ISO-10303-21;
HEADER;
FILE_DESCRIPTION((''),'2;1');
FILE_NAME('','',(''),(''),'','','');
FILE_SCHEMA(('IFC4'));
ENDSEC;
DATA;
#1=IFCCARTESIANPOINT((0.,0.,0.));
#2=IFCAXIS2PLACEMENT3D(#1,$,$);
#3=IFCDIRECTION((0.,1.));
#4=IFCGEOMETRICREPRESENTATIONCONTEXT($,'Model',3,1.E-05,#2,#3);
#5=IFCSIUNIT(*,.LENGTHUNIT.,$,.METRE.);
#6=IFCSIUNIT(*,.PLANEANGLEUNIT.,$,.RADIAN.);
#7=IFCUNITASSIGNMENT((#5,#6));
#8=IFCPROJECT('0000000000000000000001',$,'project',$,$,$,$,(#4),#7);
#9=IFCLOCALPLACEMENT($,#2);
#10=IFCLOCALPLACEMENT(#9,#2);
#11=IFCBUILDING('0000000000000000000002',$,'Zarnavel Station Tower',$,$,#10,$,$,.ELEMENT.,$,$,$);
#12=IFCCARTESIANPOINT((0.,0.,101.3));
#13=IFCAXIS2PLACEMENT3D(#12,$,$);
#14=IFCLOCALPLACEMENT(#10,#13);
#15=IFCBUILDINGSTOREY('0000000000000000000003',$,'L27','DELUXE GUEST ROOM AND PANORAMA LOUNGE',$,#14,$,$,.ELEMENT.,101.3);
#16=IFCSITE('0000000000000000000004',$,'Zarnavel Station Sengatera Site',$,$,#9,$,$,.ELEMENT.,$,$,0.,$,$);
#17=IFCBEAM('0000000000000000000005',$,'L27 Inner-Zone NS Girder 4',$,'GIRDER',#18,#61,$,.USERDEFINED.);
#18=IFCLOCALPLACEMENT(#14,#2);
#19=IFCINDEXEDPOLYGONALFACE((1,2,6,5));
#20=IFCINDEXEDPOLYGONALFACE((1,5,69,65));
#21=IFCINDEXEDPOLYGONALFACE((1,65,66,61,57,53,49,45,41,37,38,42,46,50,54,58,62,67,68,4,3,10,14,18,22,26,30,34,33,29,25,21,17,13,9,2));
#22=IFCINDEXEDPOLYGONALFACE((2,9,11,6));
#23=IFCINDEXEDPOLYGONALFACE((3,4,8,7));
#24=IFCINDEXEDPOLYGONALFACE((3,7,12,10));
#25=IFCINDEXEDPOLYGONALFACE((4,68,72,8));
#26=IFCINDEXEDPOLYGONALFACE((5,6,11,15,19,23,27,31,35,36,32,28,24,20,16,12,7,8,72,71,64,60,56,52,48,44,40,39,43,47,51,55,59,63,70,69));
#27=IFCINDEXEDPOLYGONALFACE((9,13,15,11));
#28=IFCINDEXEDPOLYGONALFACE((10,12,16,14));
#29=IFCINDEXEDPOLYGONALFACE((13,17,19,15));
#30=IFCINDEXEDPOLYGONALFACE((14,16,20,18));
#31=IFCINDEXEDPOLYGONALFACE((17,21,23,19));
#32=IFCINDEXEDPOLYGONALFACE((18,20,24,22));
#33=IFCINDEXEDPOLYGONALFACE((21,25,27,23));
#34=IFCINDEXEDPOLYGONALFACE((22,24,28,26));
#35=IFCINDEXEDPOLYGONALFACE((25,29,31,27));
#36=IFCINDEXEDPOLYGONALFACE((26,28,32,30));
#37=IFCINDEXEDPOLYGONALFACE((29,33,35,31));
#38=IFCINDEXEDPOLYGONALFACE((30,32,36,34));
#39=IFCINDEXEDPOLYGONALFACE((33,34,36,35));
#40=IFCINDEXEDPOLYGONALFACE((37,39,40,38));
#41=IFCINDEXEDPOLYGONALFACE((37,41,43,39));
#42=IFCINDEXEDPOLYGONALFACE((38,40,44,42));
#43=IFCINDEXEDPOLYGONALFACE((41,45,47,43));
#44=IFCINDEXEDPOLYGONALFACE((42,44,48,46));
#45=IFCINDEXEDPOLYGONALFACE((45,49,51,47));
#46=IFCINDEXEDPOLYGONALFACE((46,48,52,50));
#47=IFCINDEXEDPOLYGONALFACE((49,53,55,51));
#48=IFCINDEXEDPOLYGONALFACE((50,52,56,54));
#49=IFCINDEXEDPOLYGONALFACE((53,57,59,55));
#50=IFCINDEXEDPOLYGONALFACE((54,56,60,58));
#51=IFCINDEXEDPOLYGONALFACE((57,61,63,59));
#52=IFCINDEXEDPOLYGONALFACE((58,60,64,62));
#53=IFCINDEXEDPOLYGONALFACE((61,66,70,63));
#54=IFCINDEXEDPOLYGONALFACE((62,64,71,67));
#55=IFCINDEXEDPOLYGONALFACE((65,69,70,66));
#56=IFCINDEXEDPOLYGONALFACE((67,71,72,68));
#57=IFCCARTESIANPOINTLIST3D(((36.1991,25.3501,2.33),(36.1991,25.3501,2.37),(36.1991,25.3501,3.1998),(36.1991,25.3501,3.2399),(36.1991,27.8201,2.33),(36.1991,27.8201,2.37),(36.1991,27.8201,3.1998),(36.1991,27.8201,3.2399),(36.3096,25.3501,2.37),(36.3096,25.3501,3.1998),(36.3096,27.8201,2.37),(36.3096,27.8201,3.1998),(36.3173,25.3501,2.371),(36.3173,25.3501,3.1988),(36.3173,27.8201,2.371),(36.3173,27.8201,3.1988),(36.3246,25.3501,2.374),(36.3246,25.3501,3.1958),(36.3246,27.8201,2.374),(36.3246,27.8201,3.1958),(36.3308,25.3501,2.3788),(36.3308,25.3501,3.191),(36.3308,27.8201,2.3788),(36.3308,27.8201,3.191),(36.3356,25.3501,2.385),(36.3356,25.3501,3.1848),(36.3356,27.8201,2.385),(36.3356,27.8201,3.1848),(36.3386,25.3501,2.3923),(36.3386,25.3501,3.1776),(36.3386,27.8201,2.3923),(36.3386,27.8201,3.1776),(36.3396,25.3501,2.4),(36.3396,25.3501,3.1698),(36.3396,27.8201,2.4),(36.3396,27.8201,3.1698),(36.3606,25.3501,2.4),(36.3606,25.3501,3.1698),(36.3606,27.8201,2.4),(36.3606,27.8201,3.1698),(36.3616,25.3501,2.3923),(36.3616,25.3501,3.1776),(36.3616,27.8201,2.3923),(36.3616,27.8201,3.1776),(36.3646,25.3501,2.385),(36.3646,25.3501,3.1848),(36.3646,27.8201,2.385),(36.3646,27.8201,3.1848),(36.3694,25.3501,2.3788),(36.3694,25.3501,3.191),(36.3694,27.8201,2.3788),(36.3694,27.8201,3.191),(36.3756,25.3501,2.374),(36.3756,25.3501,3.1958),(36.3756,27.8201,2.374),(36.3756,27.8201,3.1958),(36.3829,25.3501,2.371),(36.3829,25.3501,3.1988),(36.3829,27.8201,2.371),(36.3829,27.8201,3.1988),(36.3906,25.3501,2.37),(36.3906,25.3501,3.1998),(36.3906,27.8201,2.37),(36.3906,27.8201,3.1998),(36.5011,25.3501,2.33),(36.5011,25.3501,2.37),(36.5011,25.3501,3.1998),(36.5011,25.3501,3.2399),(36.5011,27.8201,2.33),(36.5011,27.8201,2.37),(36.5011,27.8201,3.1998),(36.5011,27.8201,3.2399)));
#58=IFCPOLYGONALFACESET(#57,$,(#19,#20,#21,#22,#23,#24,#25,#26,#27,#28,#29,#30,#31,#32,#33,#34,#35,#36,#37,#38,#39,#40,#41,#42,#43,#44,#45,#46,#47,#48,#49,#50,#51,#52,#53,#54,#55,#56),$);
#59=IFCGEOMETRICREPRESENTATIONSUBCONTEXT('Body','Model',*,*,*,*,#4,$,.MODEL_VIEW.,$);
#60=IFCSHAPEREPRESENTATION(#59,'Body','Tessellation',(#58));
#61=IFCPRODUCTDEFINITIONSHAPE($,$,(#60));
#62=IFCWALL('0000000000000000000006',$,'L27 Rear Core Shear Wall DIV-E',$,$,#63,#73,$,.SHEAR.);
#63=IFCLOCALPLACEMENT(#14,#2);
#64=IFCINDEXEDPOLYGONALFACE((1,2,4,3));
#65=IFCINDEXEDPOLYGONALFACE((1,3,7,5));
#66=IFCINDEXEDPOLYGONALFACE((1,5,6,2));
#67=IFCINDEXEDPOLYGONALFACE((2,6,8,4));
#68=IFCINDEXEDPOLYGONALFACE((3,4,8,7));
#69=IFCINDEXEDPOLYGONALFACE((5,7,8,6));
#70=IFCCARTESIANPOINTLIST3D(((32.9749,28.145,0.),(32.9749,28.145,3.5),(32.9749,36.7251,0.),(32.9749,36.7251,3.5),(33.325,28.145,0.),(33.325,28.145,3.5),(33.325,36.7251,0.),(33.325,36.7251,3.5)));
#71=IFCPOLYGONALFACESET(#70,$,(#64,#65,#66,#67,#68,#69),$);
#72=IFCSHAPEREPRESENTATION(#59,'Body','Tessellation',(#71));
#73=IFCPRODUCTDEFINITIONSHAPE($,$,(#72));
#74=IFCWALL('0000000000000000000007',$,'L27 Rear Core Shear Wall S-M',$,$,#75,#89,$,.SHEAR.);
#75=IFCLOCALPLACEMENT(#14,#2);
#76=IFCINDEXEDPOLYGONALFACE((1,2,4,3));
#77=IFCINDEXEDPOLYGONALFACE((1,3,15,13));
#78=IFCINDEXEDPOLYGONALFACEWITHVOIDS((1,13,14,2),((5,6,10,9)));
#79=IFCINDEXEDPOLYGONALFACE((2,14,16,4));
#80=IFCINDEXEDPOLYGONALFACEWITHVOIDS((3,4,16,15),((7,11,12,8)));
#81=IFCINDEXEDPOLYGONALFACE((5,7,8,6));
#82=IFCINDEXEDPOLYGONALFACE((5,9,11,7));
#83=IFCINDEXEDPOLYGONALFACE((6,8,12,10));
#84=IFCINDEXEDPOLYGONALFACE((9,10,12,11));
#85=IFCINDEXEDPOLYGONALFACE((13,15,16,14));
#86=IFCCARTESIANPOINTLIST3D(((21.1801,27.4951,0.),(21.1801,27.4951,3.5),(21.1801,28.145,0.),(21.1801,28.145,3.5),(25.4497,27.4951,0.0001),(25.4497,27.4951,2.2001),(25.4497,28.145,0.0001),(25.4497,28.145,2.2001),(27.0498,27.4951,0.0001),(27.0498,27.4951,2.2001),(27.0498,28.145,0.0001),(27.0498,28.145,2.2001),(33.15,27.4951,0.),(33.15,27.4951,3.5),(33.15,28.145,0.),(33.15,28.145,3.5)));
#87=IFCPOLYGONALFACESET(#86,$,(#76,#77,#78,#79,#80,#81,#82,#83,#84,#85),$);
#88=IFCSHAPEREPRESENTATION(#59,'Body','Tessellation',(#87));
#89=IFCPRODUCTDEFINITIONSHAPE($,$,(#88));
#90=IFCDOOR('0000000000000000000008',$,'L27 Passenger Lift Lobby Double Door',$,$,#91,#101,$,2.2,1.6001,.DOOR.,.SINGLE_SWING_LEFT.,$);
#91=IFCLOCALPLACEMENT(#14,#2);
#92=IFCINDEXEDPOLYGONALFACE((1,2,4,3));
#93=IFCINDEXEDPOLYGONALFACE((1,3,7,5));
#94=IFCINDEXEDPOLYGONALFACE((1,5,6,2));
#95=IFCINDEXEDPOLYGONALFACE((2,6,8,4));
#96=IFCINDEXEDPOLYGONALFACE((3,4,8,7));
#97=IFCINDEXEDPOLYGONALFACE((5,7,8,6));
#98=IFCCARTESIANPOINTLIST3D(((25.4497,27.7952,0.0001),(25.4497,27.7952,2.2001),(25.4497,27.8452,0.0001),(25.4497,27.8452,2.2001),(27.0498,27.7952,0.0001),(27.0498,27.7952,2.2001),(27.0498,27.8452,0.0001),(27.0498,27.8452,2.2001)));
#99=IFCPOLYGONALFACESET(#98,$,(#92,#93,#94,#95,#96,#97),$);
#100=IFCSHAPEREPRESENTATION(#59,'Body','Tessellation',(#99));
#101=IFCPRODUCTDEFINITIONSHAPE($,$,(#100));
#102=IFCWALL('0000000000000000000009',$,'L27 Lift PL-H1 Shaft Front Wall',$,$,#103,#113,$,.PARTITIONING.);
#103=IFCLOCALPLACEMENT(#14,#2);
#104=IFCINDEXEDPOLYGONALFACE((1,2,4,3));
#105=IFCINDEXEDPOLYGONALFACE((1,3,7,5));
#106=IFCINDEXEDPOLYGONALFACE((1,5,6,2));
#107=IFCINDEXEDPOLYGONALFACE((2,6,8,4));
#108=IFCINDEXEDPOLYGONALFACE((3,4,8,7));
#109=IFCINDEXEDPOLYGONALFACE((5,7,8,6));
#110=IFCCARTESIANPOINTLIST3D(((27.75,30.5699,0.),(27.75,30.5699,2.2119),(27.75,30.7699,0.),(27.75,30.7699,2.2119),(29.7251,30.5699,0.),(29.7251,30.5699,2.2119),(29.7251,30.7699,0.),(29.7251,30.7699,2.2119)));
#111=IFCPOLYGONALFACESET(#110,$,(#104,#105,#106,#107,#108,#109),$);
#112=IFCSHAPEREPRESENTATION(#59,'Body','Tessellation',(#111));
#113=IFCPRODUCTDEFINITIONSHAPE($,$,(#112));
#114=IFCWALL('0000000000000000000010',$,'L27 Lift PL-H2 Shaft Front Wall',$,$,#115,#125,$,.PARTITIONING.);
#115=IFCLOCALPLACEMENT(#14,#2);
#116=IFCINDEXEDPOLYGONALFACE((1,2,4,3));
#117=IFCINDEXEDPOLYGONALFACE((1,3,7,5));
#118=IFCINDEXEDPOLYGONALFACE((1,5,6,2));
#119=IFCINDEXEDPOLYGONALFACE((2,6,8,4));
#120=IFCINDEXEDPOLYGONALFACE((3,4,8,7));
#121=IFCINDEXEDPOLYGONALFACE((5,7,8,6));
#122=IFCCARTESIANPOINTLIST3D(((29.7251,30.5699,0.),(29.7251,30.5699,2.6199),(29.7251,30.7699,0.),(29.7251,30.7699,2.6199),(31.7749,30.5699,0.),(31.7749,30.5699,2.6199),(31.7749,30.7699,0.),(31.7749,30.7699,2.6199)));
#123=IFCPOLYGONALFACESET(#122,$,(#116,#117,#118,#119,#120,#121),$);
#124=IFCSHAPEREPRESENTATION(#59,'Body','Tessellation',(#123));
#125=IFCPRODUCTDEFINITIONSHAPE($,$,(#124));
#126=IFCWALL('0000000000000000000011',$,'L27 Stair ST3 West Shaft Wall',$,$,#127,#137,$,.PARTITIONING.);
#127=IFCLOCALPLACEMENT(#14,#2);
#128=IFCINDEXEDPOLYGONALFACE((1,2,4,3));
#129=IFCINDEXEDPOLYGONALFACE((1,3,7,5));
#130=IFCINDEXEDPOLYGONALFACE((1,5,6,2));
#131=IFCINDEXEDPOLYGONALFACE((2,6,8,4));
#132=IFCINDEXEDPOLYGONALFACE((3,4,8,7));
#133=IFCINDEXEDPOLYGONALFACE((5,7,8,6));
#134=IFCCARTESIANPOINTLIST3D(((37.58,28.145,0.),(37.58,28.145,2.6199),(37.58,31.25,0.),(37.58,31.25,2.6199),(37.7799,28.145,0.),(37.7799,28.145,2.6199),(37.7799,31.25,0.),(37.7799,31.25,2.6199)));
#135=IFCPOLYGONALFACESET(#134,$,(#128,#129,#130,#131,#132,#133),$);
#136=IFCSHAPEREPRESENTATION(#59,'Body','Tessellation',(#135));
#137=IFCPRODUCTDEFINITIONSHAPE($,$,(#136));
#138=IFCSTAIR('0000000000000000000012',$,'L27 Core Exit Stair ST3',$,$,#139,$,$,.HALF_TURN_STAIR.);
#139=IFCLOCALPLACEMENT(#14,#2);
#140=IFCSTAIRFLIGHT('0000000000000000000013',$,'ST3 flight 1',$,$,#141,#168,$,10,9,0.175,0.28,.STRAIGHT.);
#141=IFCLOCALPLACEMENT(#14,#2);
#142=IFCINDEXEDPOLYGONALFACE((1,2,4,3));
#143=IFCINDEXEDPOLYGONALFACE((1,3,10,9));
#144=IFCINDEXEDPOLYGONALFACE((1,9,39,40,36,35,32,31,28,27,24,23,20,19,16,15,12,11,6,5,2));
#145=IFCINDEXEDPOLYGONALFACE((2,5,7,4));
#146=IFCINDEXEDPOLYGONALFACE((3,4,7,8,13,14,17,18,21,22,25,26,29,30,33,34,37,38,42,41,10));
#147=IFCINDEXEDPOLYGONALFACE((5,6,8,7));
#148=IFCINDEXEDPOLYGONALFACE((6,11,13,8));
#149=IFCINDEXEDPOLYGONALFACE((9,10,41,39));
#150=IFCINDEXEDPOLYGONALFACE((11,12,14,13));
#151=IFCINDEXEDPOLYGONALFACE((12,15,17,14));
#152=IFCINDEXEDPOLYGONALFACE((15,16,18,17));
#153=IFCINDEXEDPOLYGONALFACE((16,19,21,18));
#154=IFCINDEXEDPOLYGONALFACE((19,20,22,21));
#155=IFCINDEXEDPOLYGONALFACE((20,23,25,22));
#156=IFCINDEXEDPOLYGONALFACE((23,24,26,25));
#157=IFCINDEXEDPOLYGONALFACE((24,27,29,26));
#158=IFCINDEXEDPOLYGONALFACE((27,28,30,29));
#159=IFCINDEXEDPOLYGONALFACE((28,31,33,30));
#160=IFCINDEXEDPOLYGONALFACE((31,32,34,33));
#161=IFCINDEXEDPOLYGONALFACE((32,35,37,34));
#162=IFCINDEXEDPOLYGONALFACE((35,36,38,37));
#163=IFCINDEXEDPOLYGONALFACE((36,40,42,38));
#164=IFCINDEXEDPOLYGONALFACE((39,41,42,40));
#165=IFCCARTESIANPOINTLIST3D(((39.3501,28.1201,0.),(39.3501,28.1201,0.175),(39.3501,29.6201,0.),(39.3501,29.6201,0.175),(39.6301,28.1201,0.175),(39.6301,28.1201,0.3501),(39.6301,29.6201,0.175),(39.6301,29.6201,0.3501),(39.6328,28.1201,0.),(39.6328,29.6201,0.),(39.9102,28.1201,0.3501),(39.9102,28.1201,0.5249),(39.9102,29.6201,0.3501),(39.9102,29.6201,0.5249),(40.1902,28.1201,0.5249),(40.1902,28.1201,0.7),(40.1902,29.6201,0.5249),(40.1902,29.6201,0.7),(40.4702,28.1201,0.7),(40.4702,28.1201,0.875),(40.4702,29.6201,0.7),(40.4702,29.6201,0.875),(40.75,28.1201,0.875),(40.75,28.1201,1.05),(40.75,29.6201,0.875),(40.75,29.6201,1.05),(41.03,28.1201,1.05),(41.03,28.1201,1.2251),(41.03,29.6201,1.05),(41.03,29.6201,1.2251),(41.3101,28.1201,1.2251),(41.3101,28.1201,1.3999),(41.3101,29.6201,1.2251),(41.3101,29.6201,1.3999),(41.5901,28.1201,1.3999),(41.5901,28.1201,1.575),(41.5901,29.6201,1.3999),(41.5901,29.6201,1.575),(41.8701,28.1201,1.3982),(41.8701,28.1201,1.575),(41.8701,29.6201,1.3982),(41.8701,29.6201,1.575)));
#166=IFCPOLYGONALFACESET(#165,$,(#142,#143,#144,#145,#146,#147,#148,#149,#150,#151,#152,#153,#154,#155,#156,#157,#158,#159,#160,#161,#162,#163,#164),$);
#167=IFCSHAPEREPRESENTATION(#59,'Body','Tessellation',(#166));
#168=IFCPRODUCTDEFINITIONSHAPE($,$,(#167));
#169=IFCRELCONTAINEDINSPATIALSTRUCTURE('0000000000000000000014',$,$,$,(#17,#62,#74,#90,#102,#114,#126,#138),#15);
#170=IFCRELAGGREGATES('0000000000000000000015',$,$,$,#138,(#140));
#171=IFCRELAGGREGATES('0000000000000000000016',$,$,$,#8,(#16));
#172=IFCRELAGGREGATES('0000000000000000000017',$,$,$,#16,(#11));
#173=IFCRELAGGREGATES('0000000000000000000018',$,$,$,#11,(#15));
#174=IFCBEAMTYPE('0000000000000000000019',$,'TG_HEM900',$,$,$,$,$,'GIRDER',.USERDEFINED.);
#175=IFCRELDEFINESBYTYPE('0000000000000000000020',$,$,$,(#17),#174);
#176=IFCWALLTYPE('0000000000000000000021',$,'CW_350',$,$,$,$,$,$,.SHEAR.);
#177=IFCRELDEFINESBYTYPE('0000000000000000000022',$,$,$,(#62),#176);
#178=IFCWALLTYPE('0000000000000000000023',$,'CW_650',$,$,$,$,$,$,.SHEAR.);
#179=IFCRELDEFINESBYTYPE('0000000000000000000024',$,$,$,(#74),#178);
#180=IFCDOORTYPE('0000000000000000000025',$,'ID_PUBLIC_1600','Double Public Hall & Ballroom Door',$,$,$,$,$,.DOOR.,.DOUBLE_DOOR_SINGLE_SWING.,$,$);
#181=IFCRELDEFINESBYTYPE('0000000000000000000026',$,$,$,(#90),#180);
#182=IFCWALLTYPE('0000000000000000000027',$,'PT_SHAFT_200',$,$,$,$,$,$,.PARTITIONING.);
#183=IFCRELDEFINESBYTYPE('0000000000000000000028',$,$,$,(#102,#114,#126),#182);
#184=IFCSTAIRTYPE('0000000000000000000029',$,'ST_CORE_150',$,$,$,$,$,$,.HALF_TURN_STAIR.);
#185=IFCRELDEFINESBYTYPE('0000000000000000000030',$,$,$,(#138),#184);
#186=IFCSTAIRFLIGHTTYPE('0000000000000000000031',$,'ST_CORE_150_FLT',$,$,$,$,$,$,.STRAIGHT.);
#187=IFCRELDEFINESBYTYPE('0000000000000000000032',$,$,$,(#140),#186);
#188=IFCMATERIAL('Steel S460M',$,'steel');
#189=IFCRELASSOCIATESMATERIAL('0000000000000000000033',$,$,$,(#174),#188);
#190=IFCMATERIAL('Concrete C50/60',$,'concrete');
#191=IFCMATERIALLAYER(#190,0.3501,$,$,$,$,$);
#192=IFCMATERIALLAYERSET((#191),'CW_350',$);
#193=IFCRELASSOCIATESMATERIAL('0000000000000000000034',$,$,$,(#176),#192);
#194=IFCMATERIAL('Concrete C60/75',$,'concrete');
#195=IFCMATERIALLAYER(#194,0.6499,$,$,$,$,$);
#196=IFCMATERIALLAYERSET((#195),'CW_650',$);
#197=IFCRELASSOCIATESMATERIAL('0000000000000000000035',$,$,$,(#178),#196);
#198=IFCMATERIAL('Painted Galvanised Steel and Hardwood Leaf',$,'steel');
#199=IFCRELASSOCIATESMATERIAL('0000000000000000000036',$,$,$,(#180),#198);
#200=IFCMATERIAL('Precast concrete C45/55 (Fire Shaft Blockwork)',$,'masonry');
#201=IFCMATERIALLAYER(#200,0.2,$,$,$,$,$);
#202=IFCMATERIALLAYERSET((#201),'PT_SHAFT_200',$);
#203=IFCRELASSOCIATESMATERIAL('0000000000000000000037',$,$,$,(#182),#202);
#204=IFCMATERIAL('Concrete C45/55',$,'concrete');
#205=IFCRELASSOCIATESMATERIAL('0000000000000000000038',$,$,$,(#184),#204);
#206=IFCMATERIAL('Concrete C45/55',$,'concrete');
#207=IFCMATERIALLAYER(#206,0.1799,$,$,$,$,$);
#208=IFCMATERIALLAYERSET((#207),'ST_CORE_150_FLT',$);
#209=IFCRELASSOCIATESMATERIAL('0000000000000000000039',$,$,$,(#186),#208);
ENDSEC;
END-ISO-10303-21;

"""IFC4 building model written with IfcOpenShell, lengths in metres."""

from ifc_helpers import new_model, si_unit, direction, frame, frame_2d, origin, origin_2d, place, context, subcontext, project, spatial, polyline, rectangle, i_section, outline, extrude, material, layer, layer_set, material_profile, profile_set, type_object, element, fill, aggregate, save


model = new_model("IFC4")

# Units and contexts
model_context = context("Model", 3, precision=1e-05, world=origin(), true_north=direction((0.0, 1.0)))
body_context = subcontext(model_context, "Body", "Model", "MODEL_VIEW")
ifc_project = project(units=[si_unit("LENGTHUNIT", "METRE"), si_unit("PLANEANGLEUNIT", "RADIAN")], contexts=[model_context])

# Site, building, storey
site_placement = place(None, origin())
site = spatial("IfcSite", under=ifc_project, at=site_placement, Name="Zarnavel Station Sengatera Site", CompositionType="ELEMENT", RefElevation=0.0)
building_placement = place(site_placement, origin())
building = spatial("IfcBuilding", under=site, at=building_placement, Name="Zarnavel Station Tower", CompositionType="ELEMENT")
storey_placement = place(building_placement, frame((0.0, 0.0, 101.3)))
storey = spatial("IfcBuildingStorey", under=building, at=storey_placement, Name="L27", Description="DELUXE GUEST ROOM AND PANORAMA LOUNGE", CompositionType="ELEMENT", Elevation=101.3)

# Beam
ifc_material_1 = material(Name="Steel S460M", Category="steel")
ifc_material_profile_1 = material_profile(ifc_material_1, i_section(OverallWidth=0.302, OverallDepth=0.9099, WebThickness=0.021, FlangeThickness=0.04, FilletRadius=0.03, at=origin_2d()), Name="HEM900")
ifc_profile_set_1 = profile_set([ifc_material_profile_1], Name="Steel S460M")
beam_type_1 = type_object("IfcBeamType", Name="TG_HEM900", ElementType="GIRDER", PredefinedType="USERDEFINED", material=ifc_profile_set_1)
beam_1_placement = place(storey_placement, frame((36.3501, 25.3501, 2.7849), z_axis=(0.0, 1.0, 0.0), x_axis=(-1.0, 0.0, 0.0)))
element("IfcBeam", 1, at=beam_1_placement, inside=storey, type_object=beam_type_1, Name="L27 Inner-Zone NS Girder 4", ObjectType="GIRDER", PredefinedType="USERDEFINED", context=body_context, shape_type="SweptSolid", body=[
    extrude(i_section(OverallWidth=0.302, OverallDepth=0.9099, WebThickness=0.021, FlangeThickness=0.04, FilletRadius=0.03, at=origin_2d()), origin(), (0.0, 0.0, 1.0), 2.47),
])

# Wall
ifc_material_2 = material(Name="Concrete C50/60", Category="concrete")
ifc_layer_1 = layer(ifc_material_2, 0.3501)
ifc_layer_set_1 = layer_set([ifc_layer_1], Name="CW_350")
wall_type_1 = type_object("IfcWallType", Name="CW_350", PredefinedType="SHEAR", material=ifc_layer_set_1)
wall_1_placement = place(storey_placement, frame((33.1499, 28.145, 0.0), z_axis=(0.0, 0.0, 1.0), x_axis=(0.0, 1.0, 0.0)))
element("IfcWall", 2, at=wall_1_placement, inside=storey, type_object=wall_type_1, Name="L27 Rear Core Shear Wall DIV-E", PredefinedType="SHEAR", context=body_context, shape_type="SweptSolid", body=[
    extrude(rectangle(XDim=8.5801, YDim=0.3501, at=frame_2d((4.29, 0.0))), origin(), (0.0, 0.0, 1.0), 3.5),
])

# Wall, opening, door
ifc_material_3 = material(Name="Concrete C60/75", Category="concrete")
ifc_layer_2 = layer(ifc_material_3, 0.6499)
ifc_layer_set_2 = layer_set([ifc_layer_2], Name="CW_650")
wall_type_2 = type_object("IfcWallType", Name="CW_650", PredefinedType="SHEAR", material=ifc_layer_set_2)
wall_2_placement = place(storey_placement, frame((33.1499, 27.8201, 0.0), z_axis=(0.0, 0.0, 1.0), x_axis=(-1.0, 0.0, 0.0)))
wall_2 = element("IfcWall", 3, at=wall_2_placement, inside=storey, type_object=wall_type_2, Name="L27 Rear Core Shear Wall S-M", PredefinedType="SHEAR", context=body_context, shape_type="SweptSolid", body=[
    extrude(rectangle(XDim=11.97, YDim=0.6499, at=frame_2d((5.9849, 0.0))), origin(), (0.0, 0.0, 1.0), 3.5),
])
opening_1_placement = place(wall_2_placement, frame((6.1001, 0.0, 0.0)))
opening_1 = element("IfcOpeningElement", 4, at=opening_1_placement, cuts=wall_2, PredefinedType="OPENING", context=body_context, shape_type="SweptSolid", body=[
    extrude(rectangle(XDim=1.6001, YDim=2.2, at=frame_2d((0.8, 1.1001))), frame((0.0, 0.335, 0.0), z_axis=(0.0, -1.0, 0.0), x_axis=(1.0, 0.0, 0.0)), (0.0, 0.0, 1.0), 0.6699),
])
ifc_material_4 = material(Name="Painted Galvanised Steel and Hardwood Leaf", Category="steel")
door_type_1 = type_object("IfcDoorType", Name="ID_PUBLIC_1600", Description="Double Public Hall & Ballroom Door", OperationType="DOUBLE_DOOR_SINGLE_SWING", PredefinedType="DOOR", material=ifc_material_4)
door_1_placement = place(opening_1_placement, origin())
door_1 = element("IfcDoor", 5, at=door_1_placement, inside=storey, type_object=door_type_1, Name="L27 Passenger Lift Lobby Double Door", OperationType="SINGLE_SWING_LEFT", OverallHeight=2.2, OverallWidth=1.6001, PredefinedType="DOOR", context=body_context, shape_type="SweptSolid", body=[
    extrude(rectangle(XDim=1.6001, YDim=2.2, at=frame_2d((0.8, 1.1001))), frame((0.0, 0.0249, 0.0), z_axis=(0.0, -1.0, 0.0), x_axis=(1.0, 0.0, 0.0)), (0.0, 0.0, 1.0), 0.05),
])
fill(opening_1, door_1)

# Walls
ifc_material_5 = material(Name="Precast concrete C45/55 (Fire Shaft Blockwork)", Category="masonry")
ifc_layer_3 = layer(ifc_material_5, 0.2)
ifc_layer_set_3 = layer_set([ifc_layer_3], Name="PT_SHAFT_200")
wall_type_3 = type_object("IfcWallType", Name="PT_SHAFT_200", PredefinedType="PARTITIONING", material=ifc_layer_set_3)
wall_3_placement = place(storey_placement, frame((27.75, 30.6699, 0.0), z_axis=(0.0, 0.0, 1.0), x_axis=(1.0, 0.0, 0.0)))
element("IfcWall", 6, at=wall_3_placement, inside=storey, type_object=wall_type_3, Name="L27 Lift PL-H1 Shaft Front Wall", PredefinedType="PARTITIONING", context=body_context, shape_type="SweptSolid", body=[
    extrude(rectangle(XDim=1.9751, YDim=0.2, at=frame_2d((0.9875, 0.0))), origin(), (0.0, 0.0, 1.0), 2.2119),
])
wall_4_placement = place(storey_placement, frame((29.7251, 30.6699, 0.0), z_axis=(0.0, 0.0, 1.0), x_axis=(1.0, 0.0, 0.0)))
element("IfcWall", 7, at=wall_4_placement, inside=storey, type_object=wall_type_3, Name="L27 Lift PL-H2 Shaft Front Wall", PredefinedType="PARTITIONING", context=body_context, shape_type="SweptSolid", body=[
    extrude(rectangle(XDim=2.0498, YDim=0.2, at=frame_2d((1.0249, 0.0))), origin(), (0.0, 0.0, 1.0), 2.6199),
])
wall_5_placement = place(storey_placement, frame((37.6799, 28.145, 0.0), z_axis=(0.0, 0.0, 1.0), x_axis=(0.0, 1.0, 0.0)))
element("IfcWall", 8, at=wall_5_placement, inside=storey, type_object=wall_type_3, Name="L27 Stair ST3 West Shaft Wall", PredefinedType="PARTITIONING", context=body_context, shape_type="SweptSolid", body=[
    extrude(rectangle(XDim=3.105, YDim=0.2, at=frame_2d((1.5525, 0.0))), origin(), (0.0, 0.0, 1.0), 2.6199),
])

# Stair, stair flight
ifc_material_6 = material(Name="Concrete C45/55", Category="concrete")
stair_type = type_object("IfcStairType", Name="ST_CORE_150", PredefinedType="HALF_TURN_STAIR", material=ifc_material_6)
stair_placement = place(storey_placement, origin())
stair = element("IfcStair", 9, at=stair_placement, inside=storey, type_object=stair_type, Name="L27 Core Exit Stair ST3", PredefinedType="HALF_TURN_STAIR")
ifc_material_7 = material(Name="Concrete C45/55", Category="concrete")
ifc_layer_4 = layer(ifc_material_7, 0.1799)
ifc_layer_set_4 = layer_set([ifc_layer_4], Name="ST_CORE_150_FLT")
stair_flight_type = type_object("IfcStairFlightType", Name="ST_CORE_150_FLT", PredefinedType="STRAIGHT", material=ifc_layer_set_4)
stair_flight_placement = place(storey_placement, frame((39.3501, 28.8701, 0.0), z_axis=(0.0, 0.0, 1.0), x_axis=(1.0, 0.0, 0.0)))
stair_flight = element("IfcStairFlight", 10, at=stair_flight_placement, type_object=stair_flight_type, Name="ST3 flight 1", NumberOfRisers=10, NumberOfTreads=9, PredefinedType="STRAIGHT", RiserHeight=0.175, TreadLength=0.28, context=body_context, shape_type="SweptSolid", body=[
    extrude(outline(polyline([(0.0, 0.0), (0.0, 0.175), (0.28, 0.175), (0.28, 0.3501), (0.5601, 0.3501), (0.5601, 0.5249), (0.8401, 0.5249), (0.8401, 0.7), (1.1201, 0.7), (1.1201, 0.875), (1.3999, 0.875), (1.3999, 1.05), (1.6799, 1.05), (1.6799, 1.2251), (1.96, 1.2251), (1.96, 1.3999), (2.24, 1.3999), (2.24, 1.575), (2.52, 1.575), (2.52, 1.75), (2.52, 1.3982), (0.2827, 0.0), (0.0, 0.0)])), frame((0.0, 0.75, 0.0), z_axis=(0.0, -1.0, 0.0), x_axis=(1.0, 0.0, 0.0)), (0.0, 0.0, 1.0), 1.5),
])
aggregate(stair, [stair_flight])

save(model, "model.ifc")
